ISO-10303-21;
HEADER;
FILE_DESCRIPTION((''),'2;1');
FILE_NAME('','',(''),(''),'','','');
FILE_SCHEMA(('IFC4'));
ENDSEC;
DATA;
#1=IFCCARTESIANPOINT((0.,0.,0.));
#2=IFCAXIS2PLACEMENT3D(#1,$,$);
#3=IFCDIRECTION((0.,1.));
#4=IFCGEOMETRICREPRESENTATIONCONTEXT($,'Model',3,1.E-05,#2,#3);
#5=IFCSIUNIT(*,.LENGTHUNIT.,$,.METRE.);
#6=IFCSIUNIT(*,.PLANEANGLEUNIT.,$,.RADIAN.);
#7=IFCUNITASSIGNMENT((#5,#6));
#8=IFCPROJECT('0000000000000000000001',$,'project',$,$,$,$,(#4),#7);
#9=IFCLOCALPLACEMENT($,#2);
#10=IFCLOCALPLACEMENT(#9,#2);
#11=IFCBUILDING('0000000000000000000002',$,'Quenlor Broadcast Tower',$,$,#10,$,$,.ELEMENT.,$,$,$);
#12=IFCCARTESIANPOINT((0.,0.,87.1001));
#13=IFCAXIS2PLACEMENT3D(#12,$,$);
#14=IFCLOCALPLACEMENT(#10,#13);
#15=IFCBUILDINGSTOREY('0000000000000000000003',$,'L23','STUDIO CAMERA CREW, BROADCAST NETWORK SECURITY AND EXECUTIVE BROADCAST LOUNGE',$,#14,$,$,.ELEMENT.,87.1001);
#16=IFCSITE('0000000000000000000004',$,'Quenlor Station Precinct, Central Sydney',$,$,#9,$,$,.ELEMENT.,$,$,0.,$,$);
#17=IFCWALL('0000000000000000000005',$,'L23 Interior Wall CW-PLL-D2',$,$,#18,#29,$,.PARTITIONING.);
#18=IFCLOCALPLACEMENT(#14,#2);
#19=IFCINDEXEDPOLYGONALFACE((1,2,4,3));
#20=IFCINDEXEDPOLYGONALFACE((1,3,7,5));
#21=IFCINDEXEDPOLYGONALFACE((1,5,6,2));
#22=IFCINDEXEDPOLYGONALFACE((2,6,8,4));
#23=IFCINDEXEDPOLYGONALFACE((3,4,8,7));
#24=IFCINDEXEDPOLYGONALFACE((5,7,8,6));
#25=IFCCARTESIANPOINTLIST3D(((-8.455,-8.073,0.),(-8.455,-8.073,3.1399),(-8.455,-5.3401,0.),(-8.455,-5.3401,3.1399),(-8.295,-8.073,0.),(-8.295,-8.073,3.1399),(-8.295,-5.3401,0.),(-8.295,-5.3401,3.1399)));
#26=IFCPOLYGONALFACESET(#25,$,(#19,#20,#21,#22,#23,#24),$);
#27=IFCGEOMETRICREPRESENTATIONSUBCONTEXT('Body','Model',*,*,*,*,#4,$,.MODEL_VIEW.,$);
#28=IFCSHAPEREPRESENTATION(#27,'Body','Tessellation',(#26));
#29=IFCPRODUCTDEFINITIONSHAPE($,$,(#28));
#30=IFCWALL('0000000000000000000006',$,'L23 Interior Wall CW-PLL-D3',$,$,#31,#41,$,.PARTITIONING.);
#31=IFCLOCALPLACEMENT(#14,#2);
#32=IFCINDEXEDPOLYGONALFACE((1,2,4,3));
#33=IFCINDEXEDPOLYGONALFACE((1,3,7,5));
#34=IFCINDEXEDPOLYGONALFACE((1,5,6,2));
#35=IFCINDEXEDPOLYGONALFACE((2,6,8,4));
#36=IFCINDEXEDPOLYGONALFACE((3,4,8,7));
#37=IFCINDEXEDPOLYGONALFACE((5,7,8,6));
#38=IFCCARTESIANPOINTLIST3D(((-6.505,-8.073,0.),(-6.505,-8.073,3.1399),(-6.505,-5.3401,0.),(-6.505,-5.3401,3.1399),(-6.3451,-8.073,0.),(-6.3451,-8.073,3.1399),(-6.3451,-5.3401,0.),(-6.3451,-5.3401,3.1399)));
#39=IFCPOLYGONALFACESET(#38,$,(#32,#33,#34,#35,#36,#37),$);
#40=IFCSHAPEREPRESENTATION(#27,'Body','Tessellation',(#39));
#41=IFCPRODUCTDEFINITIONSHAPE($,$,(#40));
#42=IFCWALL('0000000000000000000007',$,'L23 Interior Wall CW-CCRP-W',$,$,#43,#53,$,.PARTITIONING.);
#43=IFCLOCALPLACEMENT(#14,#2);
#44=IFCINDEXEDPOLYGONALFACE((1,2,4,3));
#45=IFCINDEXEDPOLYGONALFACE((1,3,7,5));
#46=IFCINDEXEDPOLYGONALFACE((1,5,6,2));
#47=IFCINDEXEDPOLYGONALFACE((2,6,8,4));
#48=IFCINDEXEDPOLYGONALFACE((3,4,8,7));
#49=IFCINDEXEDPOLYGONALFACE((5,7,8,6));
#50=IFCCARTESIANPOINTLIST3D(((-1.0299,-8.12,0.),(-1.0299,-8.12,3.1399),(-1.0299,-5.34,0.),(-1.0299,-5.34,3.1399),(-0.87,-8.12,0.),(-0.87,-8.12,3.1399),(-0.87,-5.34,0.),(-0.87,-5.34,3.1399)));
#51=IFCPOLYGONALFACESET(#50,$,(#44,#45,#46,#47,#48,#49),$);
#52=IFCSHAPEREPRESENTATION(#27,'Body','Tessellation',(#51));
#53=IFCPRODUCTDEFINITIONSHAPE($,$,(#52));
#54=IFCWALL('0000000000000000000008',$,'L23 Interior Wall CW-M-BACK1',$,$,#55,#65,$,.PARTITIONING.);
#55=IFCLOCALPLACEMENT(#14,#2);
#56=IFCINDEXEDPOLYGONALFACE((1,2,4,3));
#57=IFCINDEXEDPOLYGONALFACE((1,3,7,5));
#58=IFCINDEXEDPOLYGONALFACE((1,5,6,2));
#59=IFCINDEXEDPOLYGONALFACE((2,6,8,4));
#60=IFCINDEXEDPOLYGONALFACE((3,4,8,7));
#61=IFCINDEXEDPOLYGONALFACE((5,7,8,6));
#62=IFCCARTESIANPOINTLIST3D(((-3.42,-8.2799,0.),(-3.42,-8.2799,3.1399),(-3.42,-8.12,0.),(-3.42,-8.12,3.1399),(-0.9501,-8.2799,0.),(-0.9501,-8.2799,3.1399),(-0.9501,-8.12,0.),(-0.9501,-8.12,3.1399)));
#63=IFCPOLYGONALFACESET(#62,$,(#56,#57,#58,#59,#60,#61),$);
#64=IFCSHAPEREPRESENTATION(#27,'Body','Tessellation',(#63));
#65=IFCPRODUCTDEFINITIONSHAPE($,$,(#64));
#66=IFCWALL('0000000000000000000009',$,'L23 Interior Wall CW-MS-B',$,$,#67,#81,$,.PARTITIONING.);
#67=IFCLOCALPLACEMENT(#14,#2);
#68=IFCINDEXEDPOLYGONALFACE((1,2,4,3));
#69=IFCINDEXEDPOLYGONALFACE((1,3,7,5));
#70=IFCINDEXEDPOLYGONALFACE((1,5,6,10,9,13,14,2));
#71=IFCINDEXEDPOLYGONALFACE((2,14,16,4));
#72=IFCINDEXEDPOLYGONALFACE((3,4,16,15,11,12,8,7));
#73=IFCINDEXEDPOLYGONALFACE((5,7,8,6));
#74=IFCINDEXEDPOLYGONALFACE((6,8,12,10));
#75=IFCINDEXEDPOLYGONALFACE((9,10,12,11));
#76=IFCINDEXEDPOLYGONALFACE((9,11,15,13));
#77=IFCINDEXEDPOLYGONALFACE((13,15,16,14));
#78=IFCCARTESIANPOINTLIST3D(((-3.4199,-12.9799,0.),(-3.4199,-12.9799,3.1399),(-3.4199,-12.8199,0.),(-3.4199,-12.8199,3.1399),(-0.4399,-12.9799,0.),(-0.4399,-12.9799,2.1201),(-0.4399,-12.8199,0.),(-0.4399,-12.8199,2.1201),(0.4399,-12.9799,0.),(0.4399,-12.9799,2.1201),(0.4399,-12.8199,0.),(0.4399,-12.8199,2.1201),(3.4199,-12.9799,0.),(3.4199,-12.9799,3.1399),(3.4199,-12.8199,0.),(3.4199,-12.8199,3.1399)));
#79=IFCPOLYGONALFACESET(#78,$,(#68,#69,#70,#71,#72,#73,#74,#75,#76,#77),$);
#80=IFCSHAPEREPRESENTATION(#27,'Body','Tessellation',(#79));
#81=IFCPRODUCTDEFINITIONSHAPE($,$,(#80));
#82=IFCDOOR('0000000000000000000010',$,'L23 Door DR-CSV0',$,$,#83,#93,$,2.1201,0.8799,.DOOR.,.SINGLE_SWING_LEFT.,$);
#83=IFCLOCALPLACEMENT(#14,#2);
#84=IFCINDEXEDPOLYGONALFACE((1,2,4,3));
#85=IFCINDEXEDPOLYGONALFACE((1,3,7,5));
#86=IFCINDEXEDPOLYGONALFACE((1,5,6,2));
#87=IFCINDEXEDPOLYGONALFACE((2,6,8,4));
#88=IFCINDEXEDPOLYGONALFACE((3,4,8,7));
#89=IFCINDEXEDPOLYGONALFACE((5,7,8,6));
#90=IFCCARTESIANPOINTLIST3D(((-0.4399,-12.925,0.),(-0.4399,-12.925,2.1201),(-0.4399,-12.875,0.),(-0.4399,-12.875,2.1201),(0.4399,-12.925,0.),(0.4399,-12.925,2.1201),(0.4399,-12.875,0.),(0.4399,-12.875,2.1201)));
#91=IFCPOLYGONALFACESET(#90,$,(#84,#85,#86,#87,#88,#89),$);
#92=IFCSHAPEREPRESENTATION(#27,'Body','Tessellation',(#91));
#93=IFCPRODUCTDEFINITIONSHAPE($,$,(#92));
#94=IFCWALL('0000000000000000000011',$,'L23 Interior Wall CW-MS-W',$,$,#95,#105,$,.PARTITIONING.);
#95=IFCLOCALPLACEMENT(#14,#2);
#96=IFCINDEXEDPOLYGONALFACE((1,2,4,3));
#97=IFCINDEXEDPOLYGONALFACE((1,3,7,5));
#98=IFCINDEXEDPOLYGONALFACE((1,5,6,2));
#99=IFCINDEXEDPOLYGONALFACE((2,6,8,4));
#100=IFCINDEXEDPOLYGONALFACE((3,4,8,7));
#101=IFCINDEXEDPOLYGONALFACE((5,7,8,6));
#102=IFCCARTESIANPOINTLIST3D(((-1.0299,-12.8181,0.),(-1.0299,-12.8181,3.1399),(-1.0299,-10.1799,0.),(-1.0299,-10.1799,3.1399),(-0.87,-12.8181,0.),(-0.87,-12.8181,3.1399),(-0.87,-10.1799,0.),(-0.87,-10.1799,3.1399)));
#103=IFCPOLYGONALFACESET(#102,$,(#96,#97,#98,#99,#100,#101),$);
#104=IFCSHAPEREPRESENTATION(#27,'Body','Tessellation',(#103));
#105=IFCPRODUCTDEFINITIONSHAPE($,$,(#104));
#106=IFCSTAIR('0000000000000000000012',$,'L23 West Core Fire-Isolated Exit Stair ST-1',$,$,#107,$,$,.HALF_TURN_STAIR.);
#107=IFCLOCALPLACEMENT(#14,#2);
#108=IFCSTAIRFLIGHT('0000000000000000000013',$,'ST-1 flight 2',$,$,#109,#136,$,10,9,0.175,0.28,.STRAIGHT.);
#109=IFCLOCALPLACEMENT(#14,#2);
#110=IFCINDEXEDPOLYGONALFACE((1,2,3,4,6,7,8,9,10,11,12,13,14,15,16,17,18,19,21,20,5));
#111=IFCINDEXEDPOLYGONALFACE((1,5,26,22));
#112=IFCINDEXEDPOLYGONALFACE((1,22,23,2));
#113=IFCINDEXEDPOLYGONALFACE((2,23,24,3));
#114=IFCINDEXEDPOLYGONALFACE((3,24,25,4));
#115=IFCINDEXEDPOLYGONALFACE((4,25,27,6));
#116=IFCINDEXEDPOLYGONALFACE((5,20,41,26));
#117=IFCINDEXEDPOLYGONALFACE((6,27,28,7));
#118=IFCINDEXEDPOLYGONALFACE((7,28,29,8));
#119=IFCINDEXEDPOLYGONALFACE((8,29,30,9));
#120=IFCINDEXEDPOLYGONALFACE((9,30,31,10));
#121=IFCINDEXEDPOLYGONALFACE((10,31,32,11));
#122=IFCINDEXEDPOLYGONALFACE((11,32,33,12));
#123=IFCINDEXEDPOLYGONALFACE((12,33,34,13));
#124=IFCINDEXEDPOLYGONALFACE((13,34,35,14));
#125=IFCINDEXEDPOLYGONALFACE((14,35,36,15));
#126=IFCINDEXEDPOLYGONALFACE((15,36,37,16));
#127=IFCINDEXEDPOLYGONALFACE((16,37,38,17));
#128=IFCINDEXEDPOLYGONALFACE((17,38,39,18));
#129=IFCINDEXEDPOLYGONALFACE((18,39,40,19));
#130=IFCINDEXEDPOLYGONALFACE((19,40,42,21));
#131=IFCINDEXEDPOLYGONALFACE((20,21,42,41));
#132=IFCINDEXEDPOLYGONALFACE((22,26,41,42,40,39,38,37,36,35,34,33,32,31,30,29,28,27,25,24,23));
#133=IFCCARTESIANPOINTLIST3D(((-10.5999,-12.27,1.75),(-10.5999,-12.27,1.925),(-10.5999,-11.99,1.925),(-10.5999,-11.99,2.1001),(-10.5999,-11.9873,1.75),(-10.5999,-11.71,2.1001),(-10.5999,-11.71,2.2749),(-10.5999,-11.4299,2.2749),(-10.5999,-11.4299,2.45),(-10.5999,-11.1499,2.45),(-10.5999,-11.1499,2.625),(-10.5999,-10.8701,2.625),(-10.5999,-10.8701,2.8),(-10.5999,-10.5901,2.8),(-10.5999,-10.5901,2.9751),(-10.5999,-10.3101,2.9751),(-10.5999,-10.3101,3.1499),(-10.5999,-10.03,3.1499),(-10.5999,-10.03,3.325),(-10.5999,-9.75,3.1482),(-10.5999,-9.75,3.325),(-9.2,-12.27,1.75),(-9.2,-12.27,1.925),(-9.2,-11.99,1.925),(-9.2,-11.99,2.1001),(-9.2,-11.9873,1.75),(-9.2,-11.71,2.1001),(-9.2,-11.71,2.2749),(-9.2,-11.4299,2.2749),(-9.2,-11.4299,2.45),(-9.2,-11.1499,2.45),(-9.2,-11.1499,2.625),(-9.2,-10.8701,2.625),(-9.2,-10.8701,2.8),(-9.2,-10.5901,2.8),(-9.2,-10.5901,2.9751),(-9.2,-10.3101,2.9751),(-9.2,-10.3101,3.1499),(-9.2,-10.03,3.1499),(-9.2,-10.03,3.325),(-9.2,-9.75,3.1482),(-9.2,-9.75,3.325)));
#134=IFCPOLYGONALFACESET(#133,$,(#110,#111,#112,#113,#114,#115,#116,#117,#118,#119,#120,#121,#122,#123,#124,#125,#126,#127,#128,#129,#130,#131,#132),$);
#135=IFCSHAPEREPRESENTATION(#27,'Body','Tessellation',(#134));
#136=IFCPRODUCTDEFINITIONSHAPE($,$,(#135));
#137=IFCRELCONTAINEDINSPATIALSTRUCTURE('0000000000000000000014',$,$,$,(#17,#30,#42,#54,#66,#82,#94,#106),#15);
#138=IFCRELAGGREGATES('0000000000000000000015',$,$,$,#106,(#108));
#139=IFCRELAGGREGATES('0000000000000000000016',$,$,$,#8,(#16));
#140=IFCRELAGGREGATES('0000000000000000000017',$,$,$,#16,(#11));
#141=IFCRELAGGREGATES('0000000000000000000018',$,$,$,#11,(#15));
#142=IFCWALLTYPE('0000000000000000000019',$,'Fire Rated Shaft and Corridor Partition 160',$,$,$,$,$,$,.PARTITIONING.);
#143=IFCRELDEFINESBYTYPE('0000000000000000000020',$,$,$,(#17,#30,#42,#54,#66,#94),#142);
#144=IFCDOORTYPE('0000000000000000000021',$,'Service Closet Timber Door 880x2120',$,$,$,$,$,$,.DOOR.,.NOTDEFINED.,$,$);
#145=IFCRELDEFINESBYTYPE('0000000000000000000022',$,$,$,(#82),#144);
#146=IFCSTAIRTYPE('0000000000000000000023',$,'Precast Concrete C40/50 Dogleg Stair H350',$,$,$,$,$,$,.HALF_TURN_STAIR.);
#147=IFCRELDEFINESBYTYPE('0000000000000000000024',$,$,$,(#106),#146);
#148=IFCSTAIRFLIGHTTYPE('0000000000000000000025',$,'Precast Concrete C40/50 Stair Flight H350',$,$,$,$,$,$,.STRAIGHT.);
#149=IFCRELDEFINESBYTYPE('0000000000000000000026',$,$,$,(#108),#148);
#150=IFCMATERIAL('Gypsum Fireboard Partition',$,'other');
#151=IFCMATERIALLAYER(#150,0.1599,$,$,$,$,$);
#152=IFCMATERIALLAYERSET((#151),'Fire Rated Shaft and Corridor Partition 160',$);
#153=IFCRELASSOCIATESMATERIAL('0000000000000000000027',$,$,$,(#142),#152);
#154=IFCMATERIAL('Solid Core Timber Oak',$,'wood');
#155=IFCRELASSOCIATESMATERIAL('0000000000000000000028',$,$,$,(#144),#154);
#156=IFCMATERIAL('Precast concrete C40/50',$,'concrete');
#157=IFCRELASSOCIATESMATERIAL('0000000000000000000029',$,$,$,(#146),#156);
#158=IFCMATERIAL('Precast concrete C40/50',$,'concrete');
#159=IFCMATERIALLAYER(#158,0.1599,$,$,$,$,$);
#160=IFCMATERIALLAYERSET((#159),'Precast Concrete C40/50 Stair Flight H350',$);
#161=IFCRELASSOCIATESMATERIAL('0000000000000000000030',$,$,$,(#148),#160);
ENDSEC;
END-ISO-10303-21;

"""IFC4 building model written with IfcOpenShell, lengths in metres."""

from ifc_helpers import new_model, si_unit, direction, frame, frame_2d, origin, place, context, subcontext, project, spatial, polyline, rectangle, outline, extrude, material, layer, layer_set, type_object, element, fill, aggregate, save


model = new_model("IFC4")

# Units and contexts
model_context = context("Model", 3, precision=1e-05, world=origin(), true_north=direction((0.0, 1.0)))
body_context = subcontext(model_context, "Body", "Model", "MODEL_VIEW")
ifc_project = project(units=[si_unit("LENGTHUNIT", "METRE"), si_unit("PLANEANGLEUNIT", "RADIAN")], contexts=[model_context])

# Site, building, storey
site_placement = place(None, origin())
site = spatial("IfcSite", under=ifc_project, at=site_placement, Name="Quenlor Station Precinct, Central Sydney", CompositionType="ELEMENT", RefElevation=0.0)
building_placement = place(site_placement, origin())
building = spatial("IfcBuilding", under=site, at=building_placement, Name="Quenlor Broadcast Tower", CompositionType="ELEMENT")
storey_placement = place(building_placement, frame((0.0, 0.0, 87.1001)))
storey = spatial("IfcBuildingStorey", under=building, at=storey_placement, Name="L23", Description="STUDIO CAMERA CREW, BROADCAST NETWORK SECURITY AND EXECUTIVE BROADCAST LOUNGE", CompositionType="ELEMENT", Elevation=87.1001)

# Walls
ifc_material_1 = material(Name="Gypsum Fireboard Partition", Category="other")
ifc_layer_1 = layer(ifc_material_1, 0.1599)
ifc_layer_set_1 = layer_set([ifc_layer_1], Name="Fire Rated Shaft and Corridor Partition 160")
wall_type_1 = type_object("IfcWallType", Name="Fire Rated Shaft and Corridor Partition 160", PredefinedType="PARTITIONING", material=ifc_layer_set_1)
for number, where, z_axis, x_axis, name in (
    (1, (-8.375, -8.073, 0.0), (0.0, 0.0, 1.0), (0.0, 1.0, 0.0), "L23 Interior Wall CW-PLL-D2"),
    (2, (-6.425, -8.073, 0.0), (0.0, 0.0, 1.0), (0.0, 1.0, 0.0), "L23 Interior Wall CW-PLL-D3"),
):
    element("IfcWall", number, at=place(storey_placement, frame(where, z_axis=z_axis, x_axis=x_axis)), inside=storey, type_object=wall_type_1, Name=name, PredefinedType="PARTITIONING", context=body_context, shape_type="SweptSolid", body=[
        extrude(rectangle(XDim=2.7329, YDim=0.1599, at=frame_2d((1.3665, 0.0))), origin(), (0.0, 0.0, 1.0), 3.1399),
    ])
wall_1_placement = place(storey_placement, frame((-0.95, -8.1201, 0.0), z_axis=(0.0, 0.0, 1.0), x_axis=(0.0, 1.0, 0.0)))
element("IfcWall", 3, at=wall_1_placement, inside=storey, type_object=wall_type_1, Name="L23 Interior Wall CW-CCRP-W", PredefinedType="PARTITIONING", context=body_context, shape_type="SweptSolid", body=[
    extrude(rectangle(XDim=2.78, YDim=0.1599, at=frame_2d((1.3901, 0.0))), origin(), (0.0, 0.0, 1.0), 3.1399),
])
wall_2_placement = place(storey_placement, frame((-3.4199, -8.2, 0.0), z_axis=(0.0, 0.0, 1.0), x_axis=(1.0, 0.0, 0.0)))
element("IfcWall", 4, at=wall_2_placement, inside=storey, type_object=wall_type_1, Name="L23 Interior Wall CW-M-BACK1", PredefinedType="PARTITIONING", context=body_context, shape_type="SweptSolid", body=[
    extrude(rectangle(XDim=2.47, YDim=0.1599, at=frame_2d((1.2349, 0.0))), origin(), (0.0, 0.0, 1.0), 3.1399),
])

# Wall, opening, door
wall_3_placement = place(storey_placement, frame((-3.4199, -12.8999, 0.0), z_axis=(0.0, 0.0, 1.0), x_axis=(1.0, 0.0, 0.0)))
wall_3 = element("IfcWall", 5, at=wall_3_placement, inside=storey, type_object=wall_type_1, Name="L23 Interior Wall CW-MS-B", PredefinedType="PARTITIONING", context=body_context, shape_type="SweptSolid", body=[
    extrude(rectangle(XDim=6.8398, YDim=0.1599, at=frame_2d((3.4199, 0.0))), origin(), (0.0, 0.0, 1.0), 3.1399),
])
opening_1_placement = place(wall_3_placement, frame((2.98, 0.0, 0.0)))
opening_1 = element("IfcOpeningElement", 6, at=opening_1_placement, cuts=wall_3, PredefinedType="OPENING", context=body_context, shape_type="SweptSolid", body=[
    extrude(rectangle(XDim=0.8799, YDim=2.1201, at=frame_2d((0.4399, 1.0601))), frame((0.0, 0.0898, 0.0), z_axis=(0.0, -1.0, 0.0), x_axis=(1.0, 0.0, 0.0)), (0.0, 0.0, 1.0), 0.1799),
])
ifc_material_2 = material(Name="Solid Core Timber Oak", Category="wood")
door_type_1 = type_object("IfcDoorType", Name="Service Closet Timber Door 880x2120", OperationType="NOTDEFINED", PredefinedType="DOOR", material=ifc_material_2)
door_1_placement = place(opening_1_placement, origin())
door_1 = element("IfcDoor", 7, at=door_1_placement, inside=storey, type_object=door_type_1, Name="L23 Door DR-CSV0", OperationType="SINGLE_SWING_LEFT", OverallHeight=2.1201, OverallWidth=0.8799, PredefinedType="DOOR", context=body_context, shape_type="SweptSolid", body=[
    extrude(rectangle(XDim=0.8799, YDim=2.1201, at=frame_2d((0.4399, 1.0601))), frame((0.0, 0.0249, 0.0), z_axis=(0.0, -1.0, 0.0), x_axis=(1.0, 0.0, 0.0)), (0.0, 0.0, 1.0), 0.05),
])
fill(opening_1, door_1)

# Wall
wall_4_placement = place(storey_placement, frame((-0.95, -12.8181, 0.0), z_axis=(0.0, 0.0, 1.0), x_axis=(0.0, 1.0, 0.0)))
element("IfcWall", 8, at=wall_4_placement, inside=storey, type_object=wall_type_1, Name="L23 Interior Wall CW-MS-W", PredefinedType="PARTITIONING", context=body_context, shape_type="SweptSolid", body=[
    extrude(rectangle(XDim=2.6382, YDim=0.1599, at=frame_2d((1.3191, 0.0))), origin(), (0.0, 0.0, 1.0), 3.1399),
])

# Stair, stair flight
ifc_material_3 = material(Name="Precast concrete C40/50", Category="concrete")
stair_type = type_object("IfcStairType", Name="Precast Concrete C40/50 Dogleg Stair H350", PredefinedType="HALF_TURN_STAIR", material=ifc_material_3)
stair_placement = place(storey_placement, origin())
stair = element("IfcStair", 9, at=stair_placement, inside=storey, type_object=stair_type, Name="L23 West Core Fire-Isolated Exit Stair ST-1", PredefinedType="HALF_TURN_STAIR")
ifc_material_4 = material(Name="Precast concrete C40/50", Category="concrete")
ifc_layer_2 = layer(ifc_material_4, 0.1599)
ifc_layer_set_2 = layer_set([ifc_layer_2], Name="Precast Concrete C40/50 Stair Flight H350")
stair_flight_type = type_object("IfcStairFlightType", Name="Precast Concrete C40/50 Stair Flight H350", PredefinedType="STRAIGHT", material=ifc_layer_set_2)
stair_flight_placement = place(storey_placement, frame((-9.8999, -12.27, 1.75), z_axis=(0.0, 0.0, 1.0), x_axis=(0.0, 1.0, 0.0)))
stair_flight = element("IfcStairFlight", 10, at=stair_flight_placement, type_object=stair_flight_type, Name="ST-1 flight 2", NumberOfRisers=10, NumberOfTreads=9, PredefinedType="STRAIGHT", RiserHeight=0.175, TreadLength=0.28, context=body_context, shape_type="SweptSolid", body=[
    extrude(outline(polyline([(0.0, 0.0), (0.0, 0.175), (0.28, 0.175), (0.28, 0.3501), (0.5601, 0.3501), (0.5601, 0.5249), (0.8401, 0.5249), (0.8401, 0.7), (1.1201, 0.7), (1.1201, 0.875), (1.3999, 0.875), (1.3999, 1.05), (1.6799, 1.05), (1.6799, 1.2251), (1.96, 1.2251), (1.96, 1.3999), (2.24, 1.3999), (2.24, 1.575), (2.52, 1.575), (2.52, 1.75), (2.52, 1.3982), (0.2827, 0.0), (0.0, 0.0)])), frame((0.0, 0.7, 0.0), z_axis=(0.0, -1.0, 0.0), x_axis=(1.0, 0.0, 0.0)), (0.0, 0.0, 1.0), 1.3999),
])
aggregate(stair, [stair_flight])

save(model, "model.ifc")
